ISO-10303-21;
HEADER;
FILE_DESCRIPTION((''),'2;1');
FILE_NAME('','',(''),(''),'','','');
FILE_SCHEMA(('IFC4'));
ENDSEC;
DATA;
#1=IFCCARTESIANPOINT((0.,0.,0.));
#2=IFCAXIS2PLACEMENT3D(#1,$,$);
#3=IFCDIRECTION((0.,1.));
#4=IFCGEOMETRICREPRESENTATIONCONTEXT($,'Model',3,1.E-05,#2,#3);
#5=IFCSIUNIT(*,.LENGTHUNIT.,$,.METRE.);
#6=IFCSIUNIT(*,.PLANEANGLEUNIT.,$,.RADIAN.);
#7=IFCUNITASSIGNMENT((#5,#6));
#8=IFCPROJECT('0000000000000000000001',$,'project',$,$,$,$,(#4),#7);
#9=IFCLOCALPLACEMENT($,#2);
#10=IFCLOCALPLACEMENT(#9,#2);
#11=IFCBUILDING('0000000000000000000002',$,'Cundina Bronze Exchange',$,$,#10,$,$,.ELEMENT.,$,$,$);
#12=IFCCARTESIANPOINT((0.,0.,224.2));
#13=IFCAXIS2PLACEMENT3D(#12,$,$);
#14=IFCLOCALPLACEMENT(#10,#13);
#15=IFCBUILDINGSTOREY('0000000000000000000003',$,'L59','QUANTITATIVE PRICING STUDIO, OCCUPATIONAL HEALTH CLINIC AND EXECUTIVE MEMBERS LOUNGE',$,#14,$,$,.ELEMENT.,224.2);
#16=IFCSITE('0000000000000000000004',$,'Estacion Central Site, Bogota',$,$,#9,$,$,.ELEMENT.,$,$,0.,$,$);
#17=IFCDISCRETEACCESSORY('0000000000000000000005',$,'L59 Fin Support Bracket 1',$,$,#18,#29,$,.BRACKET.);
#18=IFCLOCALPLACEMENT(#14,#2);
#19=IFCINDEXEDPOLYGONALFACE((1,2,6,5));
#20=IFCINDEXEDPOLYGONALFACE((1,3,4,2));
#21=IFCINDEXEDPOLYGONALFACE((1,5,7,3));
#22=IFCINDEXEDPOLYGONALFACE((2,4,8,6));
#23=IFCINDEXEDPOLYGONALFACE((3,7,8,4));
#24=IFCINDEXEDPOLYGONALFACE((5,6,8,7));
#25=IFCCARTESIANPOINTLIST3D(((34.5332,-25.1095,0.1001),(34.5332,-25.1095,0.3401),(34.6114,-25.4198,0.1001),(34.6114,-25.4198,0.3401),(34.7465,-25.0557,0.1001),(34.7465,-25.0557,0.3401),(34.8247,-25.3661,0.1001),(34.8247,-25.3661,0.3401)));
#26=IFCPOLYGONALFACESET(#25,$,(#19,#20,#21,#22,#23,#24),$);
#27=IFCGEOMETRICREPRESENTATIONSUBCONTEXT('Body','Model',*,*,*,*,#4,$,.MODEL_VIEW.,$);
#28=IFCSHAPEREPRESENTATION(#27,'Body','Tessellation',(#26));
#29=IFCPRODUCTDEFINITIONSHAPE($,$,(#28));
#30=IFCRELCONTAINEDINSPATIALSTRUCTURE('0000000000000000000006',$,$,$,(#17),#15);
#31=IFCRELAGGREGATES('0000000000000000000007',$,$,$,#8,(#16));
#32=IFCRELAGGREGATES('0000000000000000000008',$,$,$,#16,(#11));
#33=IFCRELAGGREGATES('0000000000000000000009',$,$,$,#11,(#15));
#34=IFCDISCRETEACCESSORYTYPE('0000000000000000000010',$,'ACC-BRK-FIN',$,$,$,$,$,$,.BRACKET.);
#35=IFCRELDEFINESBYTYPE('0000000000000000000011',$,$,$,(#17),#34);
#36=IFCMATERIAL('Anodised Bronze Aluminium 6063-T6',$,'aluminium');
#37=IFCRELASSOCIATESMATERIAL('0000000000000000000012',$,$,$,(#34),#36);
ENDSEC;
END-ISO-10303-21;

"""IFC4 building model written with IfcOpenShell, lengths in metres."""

from ifc_helpers import new_model, si_unit, direction, frame, origin, origin_2d, place, context, subcontext, project, spatial, rectangle, extrude, material, type_object, element, save


model = new_model("IFC4")

# Units and contexts
model_context = context("Model", 3, precision=1e-05, world=origin(), true_north=direction((0.0, 1.0)))
body_context = subcontext(model_context, "Body", "Model", "MODEL_VIEW")
ifc_project = project(units=[si_unit("LENGTHUNIT", "METRE"), si_unit("PLANEANGLEUNIT", "RADIAN")], contexts=[model_context])

# Site, building, storey
site_placement = place(None, origin())
site = spatial("IfcSite", under=ifc_project, at=site_placement, Name="Estacion Central Site, Bogota", CompositionType="ELEMENT", RefElevation=0.0)
building_placement = place(site_placement, origin())
building = spatial("IfcBuilding", under=site, at=building_placement, Name="Cundina Bronze Exchange", CompositionType="ELEMENT")
storey_placement = place(building_placement, frame((0.0, 0.0, 224.2)))
storey = spatial("IfcBuildingStorey", under=building, at=storey_placement, Name="L59", Description="QUANTITATIVE PRICING STUDIO, OCCUPATIONAL HEALTH CLINIC AND EXECUTIVE MEMBERS LOUNGE", CompositionType="ELEMENT", Elevation=224.2)

# Shared definitions
ifc_material_1 = material(Name="Anodised Bronze Aluminium 6063-T6", Category="aluminium")

# Discrete accessory
discrete_accessory_type = type_object("IfcDiscreteAccessoryType", Name="ACC-BRK-FIN", PredefinedType="BRACKET", material=ifc_material_1)
discrete_accessory_placement = place(storey_placement, frame((34.679, -25.2378, 0.1001), z_axis=(0.0, 0.0, 1.0), x_axis=(0.969732, 0.244174, 0.0)))
element("IfcDiscreteAccessory", 1, at=discrete_accessory_placement, inside=storey, type_object=discrete_accessory_type, Name="L59 Fin Support Bracket 1", PredefinedType="BRACKET", context=body_context, shape_type="SweptSolid", body=[
    extrude(rectangle(XDim=0.22, YDim=0.3201, at=origin_2d()), origin(), (0.0, 0.0, 1.0), 0.24),
])

save(model, "model.ifc")
